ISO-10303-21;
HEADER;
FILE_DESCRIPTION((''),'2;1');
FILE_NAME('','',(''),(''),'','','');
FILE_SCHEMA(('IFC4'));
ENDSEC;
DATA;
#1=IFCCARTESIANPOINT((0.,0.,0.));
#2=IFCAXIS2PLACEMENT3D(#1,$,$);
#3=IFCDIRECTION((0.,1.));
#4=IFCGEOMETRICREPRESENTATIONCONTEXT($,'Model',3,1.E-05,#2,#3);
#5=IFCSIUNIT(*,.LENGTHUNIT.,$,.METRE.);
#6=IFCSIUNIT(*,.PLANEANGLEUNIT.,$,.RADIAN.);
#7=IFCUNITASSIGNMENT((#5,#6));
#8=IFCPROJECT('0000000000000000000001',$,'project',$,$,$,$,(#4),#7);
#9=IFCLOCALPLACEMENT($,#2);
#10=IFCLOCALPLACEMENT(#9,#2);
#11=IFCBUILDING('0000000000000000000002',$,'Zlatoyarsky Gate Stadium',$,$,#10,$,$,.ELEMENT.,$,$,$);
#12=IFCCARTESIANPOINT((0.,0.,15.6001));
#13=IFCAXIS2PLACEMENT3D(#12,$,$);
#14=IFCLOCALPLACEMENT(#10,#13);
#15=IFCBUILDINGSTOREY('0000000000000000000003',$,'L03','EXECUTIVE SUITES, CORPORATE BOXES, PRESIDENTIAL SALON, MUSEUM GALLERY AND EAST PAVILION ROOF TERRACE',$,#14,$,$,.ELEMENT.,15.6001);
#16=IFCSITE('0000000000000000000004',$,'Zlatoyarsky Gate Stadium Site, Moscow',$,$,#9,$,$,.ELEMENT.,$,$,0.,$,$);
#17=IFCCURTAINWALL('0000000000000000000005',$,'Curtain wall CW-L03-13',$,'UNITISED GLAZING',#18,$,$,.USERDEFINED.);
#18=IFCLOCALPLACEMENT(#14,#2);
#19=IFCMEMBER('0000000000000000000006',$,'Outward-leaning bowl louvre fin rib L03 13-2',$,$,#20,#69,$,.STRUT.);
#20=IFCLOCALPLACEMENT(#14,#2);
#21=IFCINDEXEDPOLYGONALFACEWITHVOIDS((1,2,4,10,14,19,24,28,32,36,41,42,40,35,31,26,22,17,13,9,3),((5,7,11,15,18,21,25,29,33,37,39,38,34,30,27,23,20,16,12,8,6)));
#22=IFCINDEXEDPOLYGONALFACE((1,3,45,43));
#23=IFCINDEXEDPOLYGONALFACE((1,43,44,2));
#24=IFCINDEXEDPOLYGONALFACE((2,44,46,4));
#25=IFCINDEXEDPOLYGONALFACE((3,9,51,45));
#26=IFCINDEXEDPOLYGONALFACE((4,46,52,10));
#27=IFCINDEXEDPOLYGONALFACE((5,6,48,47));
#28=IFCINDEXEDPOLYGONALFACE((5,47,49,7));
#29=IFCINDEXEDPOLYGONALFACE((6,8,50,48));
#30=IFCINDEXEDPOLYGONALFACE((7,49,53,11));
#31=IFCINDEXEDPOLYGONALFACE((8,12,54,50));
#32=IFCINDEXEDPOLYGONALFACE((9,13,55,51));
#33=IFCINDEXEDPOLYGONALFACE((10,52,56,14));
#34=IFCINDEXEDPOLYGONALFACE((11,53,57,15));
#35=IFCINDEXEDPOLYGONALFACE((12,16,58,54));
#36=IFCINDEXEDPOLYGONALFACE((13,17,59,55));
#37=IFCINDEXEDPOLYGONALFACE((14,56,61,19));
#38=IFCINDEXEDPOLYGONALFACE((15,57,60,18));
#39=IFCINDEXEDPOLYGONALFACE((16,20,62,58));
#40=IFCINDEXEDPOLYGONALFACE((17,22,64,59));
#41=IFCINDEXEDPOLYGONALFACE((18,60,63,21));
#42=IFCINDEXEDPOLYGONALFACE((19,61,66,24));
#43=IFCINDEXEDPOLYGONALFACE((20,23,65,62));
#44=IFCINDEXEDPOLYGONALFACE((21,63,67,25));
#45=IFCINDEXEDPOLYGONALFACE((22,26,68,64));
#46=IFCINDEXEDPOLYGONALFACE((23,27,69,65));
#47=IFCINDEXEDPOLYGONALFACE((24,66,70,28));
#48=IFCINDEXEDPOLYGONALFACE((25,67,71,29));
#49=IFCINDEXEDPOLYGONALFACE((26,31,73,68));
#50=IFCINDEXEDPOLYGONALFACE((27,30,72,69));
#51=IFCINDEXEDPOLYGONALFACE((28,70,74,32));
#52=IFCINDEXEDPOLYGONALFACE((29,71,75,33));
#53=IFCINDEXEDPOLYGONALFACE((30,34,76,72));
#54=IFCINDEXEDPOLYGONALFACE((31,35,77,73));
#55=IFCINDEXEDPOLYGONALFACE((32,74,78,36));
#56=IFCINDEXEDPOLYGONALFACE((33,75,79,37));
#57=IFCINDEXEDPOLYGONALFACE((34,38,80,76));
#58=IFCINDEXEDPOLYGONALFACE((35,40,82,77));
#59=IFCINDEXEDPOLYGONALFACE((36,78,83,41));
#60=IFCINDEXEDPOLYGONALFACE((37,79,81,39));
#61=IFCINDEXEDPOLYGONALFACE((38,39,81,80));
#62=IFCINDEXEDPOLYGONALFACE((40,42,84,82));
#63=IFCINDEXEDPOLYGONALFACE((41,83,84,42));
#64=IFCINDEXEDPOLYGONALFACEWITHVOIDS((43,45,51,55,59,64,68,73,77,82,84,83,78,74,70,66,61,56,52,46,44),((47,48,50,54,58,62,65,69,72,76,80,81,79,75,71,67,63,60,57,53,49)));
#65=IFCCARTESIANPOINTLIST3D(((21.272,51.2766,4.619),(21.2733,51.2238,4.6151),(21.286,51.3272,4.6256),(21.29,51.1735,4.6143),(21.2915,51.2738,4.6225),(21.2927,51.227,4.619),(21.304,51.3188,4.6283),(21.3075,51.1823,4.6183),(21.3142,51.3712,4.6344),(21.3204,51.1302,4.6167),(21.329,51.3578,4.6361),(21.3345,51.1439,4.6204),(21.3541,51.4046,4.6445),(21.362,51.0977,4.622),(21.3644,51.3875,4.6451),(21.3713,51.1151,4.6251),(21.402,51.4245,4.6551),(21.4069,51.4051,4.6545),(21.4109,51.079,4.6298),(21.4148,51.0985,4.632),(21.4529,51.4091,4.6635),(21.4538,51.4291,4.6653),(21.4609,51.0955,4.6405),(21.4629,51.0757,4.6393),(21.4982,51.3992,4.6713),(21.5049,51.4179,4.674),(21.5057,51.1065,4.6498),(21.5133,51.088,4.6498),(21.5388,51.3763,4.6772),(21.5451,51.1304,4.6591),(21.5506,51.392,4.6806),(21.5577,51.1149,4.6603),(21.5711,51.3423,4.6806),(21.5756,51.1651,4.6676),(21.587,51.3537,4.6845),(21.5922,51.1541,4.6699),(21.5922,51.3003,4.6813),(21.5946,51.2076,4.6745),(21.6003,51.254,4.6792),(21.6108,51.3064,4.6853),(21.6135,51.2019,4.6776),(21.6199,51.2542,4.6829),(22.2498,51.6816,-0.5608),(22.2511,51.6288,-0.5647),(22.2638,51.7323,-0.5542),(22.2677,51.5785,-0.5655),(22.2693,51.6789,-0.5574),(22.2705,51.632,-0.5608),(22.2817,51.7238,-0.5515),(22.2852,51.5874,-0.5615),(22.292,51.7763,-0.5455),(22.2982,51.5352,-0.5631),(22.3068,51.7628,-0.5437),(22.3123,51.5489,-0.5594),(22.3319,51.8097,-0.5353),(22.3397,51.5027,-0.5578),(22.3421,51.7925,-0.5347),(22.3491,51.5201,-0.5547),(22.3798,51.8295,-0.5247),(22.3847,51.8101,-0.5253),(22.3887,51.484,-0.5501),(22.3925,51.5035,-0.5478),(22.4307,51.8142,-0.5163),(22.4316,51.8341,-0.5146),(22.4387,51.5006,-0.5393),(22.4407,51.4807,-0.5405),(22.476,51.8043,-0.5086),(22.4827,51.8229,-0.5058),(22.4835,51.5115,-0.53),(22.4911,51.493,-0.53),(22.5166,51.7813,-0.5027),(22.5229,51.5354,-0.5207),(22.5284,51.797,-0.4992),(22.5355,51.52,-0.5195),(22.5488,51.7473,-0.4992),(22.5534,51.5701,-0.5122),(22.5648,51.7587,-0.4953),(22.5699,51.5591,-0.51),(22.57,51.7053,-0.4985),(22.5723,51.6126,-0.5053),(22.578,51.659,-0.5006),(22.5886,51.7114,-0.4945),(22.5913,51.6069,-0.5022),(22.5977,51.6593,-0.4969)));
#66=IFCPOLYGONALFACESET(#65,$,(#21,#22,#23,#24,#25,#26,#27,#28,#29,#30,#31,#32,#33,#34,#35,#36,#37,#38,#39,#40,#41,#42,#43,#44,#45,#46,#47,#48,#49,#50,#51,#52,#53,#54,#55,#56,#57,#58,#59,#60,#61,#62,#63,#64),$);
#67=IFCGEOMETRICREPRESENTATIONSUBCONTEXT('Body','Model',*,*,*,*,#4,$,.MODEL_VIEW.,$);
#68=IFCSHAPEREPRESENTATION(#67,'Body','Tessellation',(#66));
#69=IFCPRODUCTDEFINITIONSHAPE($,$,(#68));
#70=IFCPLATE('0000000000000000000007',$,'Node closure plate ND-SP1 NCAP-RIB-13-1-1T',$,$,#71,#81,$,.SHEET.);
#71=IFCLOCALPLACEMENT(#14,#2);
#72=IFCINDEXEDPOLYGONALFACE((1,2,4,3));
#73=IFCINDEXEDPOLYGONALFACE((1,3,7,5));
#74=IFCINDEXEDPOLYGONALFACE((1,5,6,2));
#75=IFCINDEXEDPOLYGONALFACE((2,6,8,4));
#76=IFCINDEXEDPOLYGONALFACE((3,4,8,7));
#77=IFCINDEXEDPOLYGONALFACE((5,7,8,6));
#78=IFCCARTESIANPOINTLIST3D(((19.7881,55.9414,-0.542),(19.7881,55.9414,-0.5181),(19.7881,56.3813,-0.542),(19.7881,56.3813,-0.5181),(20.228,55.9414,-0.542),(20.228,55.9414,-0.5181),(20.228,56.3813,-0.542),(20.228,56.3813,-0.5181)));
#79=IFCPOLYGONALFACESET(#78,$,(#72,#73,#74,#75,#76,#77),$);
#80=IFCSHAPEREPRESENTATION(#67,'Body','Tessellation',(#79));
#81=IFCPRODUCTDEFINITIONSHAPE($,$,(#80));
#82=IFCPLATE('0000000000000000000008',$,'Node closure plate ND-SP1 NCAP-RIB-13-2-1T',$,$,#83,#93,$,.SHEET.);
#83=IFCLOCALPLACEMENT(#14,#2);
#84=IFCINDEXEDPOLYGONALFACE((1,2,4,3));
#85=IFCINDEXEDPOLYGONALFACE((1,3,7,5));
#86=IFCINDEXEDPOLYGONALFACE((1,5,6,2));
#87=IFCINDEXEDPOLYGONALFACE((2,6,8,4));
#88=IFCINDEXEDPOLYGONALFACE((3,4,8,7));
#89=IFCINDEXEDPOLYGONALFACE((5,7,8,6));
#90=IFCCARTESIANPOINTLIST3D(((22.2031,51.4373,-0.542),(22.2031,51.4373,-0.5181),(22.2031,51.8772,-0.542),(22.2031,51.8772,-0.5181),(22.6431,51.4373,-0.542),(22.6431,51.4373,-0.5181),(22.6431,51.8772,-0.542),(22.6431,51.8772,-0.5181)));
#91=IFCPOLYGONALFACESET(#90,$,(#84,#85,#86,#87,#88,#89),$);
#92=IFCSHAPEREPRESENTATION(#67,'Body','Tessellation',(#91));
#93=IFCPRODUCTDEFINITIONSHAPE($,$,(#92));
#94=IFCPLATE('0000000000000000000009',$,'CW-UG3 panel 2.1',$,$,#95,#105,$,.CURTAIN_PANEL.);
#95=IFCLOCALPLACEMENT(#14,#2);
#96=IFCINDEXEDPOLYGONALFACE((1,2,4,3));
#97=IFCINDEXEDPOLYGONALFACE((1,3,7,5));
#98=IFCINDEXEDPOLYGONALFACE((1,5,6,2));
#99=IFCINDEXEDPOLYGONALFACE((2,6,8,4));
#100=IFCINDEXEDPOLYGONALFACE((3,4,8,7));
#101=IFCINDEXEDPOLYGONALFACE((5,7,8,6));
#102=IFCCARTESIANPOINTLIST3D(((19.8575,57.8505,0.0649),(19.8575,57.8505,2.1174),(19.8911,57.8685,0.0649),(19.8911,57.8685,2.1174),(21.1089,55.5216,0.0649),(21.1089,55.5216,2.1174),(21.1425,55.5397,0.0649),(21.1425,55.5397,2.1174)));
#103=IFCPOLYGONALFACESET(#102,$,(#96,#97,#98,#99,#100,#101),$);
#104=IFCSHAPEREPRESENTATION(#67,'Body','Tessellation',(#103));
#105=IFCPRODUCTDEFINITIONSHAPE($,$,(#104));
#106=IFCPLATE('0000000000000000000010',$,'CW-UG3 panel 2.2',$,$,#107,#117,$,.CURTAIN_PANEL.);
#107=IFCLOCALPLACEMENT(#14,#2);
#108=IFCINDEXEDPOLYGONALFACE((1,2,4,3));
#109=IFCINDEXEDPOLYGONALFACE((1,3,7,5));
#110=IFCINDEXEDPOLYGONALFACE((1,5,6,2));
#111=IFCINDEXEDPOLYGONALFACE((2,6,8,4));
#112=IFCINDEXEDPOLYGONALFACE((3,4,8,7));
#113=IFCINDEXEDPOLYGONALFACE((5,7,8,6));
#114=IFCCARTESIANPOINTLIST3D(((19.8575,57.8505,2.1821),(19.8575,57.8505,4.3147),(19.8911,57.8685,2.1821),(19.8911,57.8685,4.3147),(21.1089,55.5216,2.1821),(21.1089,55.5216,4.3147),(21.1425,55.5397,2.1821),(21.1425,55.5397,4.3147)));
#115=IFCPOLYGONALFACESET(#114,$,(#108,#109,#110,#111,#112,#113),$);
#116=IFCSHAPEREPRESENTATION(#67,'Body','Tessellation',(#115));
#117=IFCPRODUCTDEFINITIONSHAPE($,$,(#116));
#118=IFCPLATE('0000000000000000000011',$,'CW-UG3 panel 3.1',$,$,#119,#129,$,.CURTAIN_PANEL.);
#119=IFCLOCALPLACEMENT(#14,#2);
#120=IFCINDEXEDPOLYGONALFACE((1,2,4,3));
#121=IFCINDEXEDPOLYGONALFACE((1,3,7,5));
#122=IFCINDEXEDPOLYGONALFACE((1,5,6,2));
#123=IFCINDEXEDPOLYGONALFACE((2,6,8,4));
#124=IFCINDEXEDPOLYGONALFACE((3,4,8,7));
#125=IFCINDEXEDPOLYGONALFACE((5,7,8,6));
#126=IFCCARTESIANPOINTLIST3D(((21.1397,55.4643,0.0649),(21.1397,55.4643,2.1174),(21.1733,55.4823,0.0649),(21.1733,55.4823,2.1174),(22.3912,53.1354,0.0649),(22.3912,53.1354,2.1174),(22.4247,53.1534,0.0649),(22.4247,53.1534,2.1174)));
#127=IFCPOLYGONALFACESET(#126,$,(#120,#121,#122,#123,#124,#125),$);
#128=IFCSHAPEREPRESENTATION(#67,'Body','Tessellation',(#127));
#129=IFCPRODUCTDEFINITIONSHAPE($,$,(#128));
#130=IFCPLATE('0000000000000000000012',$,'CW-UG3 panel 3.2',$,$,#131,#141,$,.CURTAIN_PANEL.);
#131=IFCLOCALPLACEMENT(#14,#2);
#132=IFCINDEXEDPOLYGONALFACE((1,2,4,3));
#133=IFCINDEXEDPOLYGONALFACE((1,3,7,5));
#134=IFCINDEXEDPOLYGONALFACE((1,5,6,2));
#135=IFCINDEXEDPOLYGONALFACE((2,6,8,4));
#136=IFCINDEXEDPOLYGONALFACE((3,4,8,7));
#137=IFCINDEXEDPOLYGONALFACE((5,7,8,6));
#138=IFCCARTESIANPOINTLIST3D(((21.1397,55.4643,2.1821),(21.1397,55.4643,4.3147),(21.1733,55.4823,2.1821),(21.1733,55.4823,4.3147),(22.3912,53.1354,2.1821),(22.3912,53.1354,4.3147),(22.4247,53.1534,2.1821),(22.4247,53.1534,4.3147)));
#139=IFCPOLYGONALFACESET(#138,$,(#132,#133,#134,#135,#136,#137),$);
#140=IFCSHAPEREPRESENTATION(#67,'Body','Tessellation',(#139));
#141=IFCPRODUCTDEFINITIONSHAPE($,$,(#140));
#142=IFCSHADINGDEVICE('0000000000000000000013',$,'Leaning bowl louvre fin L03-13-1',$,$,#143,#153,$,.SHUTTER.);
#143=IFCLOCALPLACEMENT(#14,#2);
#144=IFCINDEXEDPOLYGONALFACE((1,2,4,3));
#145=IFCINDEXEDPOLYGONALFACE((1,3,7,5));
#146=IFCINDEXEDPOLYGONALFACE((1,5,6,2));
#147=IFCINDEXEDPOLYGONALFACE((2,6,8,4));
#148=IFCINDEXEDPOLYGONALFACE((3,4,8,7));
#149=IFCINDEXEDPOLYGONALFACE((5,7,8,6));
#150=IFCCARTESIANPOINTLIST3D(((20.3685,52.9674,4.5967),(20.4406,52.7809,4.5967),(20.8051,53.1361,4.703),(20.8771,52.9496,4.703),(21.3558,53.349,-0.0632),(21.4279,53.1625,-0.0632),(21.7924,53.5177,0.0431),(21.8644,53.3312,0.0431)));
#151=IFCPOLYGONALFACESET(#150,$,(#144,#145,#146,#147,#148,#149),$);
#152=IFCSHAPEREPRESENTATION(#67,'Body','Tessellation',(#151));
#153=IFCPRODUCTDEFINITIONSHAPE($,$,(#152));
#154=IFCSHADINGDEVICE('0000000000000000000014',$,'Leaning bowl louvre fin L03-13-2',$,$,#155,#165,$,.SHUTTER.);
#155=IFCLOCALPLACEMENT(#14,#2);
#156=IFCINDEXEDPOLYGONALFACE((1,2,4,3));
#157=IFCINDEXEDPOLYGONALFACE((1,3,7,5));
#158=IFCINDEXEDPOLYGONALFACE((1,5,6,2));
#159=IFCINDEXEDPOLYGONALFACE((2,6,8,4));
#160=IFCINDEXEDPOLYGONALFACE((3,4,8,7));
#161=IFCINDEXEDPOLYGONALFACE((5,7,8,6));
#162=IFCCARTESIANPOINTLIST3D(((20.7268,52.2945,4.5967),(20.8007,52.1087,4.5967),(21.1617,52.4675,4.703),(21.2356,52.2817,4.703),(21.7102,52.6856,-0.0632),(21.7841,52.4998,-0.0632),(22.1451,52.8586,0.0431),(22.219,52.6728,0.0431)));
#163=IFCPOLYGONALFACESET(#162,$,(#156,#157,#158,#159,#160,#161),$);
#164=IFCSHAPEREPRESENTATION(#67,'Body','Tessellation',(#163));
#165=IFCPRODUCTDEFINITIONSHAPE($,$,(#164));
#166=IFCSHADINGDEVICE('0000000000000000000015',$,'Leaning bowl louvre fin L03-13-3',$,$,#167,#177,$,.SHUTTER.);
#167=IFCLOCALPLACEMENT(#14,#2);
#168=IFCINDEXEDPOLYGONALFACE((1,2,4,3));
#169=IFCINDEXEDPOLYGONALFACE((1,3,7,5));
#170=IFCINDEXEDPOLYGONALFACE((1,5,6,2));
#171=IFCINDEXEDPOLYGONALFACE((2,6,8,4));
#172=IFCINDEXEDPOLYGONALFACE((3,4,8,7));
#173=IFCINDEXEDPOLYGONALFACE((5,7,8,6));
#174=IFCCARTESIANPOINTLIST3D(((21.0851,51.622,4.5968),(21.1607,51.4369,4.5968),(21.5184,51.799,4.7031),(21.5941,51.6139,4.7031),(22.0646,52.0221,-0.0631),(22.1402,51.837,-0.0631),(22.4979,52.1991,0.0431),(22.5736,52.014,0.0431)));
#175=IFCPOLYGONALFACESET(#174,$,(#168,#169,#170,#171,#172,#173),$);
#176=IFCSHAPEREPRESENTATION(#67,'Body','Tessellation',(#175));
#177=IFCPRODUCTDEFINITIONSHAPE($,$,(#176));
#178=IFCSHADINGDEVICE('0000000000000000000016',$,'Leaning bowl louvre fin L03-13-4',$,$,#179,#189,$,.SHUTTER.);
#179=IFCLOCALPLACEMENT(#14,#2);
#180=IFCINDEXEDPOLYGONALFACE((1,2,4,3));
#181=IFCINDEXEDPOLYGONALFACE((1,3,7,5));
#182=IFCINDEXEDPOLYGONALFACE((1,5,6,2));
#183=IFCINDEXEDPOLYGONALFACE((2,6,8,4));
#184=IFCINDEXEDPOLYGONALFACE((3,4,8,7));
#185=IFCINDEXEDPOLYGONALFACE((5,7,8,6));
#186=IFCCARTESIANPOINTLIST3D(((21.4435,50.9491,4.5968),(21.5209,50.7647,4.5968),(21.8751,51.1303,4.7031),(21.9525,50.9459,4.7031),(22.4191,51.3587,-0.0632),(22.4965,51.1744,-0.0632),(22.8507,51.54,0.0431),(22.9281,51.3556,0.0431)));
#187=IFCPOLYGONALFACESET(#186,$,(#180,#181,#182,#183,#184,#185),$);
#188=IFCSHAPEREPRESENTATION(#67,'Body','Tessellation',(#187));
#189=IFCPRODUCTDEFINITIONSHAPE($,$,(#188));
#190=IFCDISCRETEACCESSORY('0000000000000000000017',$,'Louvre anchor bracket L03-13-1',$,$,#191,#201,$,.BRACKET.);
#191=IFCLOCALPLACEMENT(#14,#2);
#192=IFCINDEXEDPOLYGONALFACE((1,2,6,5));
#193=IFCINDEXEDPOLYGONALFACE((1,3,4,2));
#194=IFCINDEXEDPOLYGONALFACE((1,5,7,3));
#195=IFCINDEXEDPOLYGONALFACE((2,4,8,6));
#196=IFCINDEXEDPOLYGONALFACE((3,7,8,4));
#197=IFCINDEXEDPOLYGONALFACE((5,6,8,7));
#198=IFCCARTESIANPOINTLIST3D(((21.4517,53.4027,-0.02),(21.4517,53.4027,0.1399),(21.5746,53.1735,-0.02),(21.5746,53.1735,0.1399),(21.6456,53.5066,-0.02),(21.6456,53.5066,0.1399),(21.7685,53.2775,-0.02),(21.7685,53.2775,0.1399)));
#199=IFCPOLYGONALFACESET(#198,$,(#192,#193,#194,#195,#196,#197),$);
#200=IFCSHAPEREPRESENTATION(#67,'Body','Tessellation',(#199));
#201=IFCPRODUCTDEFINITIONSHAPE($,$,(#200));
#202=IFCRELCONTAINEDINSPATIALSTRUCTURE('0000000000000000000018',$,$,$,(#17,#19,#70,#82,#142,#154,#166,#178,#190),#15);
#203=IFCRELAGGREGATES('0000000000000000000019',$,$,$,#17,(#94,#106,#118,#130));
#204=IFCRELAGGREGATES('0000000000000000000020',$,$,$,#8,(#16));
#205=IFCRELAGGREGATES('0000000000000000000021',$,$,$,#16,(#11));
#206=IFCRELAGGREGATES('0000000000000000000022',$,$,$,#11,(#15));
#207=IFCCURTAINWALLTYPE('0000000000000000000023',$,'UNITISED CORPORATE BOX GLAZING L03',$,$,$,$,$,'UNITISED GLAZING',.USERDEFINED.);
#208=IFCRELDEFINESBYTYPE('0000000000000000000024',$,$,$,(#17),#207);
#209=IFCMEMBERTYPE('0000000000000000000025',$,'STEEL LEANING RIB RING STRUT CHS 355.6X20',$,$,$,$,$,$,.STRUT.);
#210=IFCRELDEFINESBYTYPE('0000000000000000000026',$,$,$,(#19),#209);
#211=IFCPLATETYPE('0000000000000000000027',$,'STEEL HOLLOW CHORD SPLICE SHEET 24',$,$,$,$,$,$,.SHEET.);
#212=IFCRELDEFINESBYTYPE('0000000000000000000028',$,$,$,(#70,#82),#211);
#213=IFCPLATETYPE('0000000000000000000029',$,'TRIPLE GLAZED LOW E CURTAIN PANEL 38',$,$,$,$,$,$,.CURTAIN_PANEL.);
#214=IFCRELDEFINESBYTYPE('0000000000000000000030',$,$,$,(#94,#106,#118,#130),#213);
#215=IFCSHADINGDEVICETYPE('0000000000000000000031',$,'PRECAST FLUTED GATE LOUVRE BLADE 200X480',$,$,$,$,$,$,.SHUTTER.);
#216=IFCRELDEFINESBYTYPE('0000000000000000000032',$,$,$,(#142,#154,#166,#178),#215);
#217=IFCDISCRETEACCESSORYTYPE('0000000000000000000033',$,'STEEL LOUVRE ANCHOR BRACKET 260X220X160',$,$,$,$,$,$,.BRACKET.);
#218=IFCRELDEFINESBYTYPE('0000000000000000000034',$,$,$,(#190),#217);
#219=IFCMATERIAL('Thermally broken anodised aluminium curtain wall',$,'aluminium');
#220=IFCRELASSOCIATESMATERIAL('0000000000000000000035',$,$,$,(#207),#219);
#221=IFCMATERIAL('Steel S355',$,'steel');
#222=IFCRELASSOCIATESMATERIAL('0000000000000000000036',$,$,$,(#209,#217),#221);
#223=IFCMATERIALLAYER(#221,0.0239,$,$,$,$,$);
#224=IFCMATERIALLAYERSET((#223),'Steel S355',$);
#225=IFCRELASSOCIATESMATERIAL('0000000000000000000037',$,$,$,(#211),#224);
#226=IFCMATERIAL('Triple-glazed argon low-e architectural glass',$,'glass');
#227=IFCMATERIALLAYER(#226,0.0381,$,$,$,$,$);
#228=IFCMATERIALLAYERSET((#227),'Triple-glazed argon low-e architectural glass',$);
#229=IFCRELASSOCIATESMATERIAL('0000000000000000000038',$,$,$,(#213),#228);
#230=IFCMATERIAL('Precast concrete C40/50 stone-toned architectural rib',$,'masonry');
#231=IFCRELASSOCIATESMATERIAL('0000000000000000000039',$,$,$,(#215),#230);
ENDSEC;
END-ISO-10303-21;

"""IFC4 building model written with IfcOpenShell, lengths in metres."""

from ifc_helpers import new_model, si_unit, direction, frame, origin, origin_2d, place, context, subcontext, project, spatial, rectangle, hollow_circle, extrude, material, layer, layer_set, material_profile, profile_set, type_object, element, aggregate, save


model = new_model("IFC4")

# Units and contexts
model_context = context("Model", 3, precision=1e-05, world=origin(), true_north=direction((0.0, 1.0)))
body_context = subcontext(model_context, "Body", "Model", "MODEL_VIEW")
ifc_project = project(units=[si_unit("LENGTHUNIT", "METRE"), si_unit("PLANEANGLEUNIT", "RADIAN")], contexts=[model_context])

# Site, building, storey
site_placement = place(None, origin())
site = spatial("IfcSite", under=ifc_project, at=site_placement, Name="Zlatoyarsky Gate Stadium Site, Moscow", CompositionType="ELEMENT", RefElevation=0.0)
building_placement = place(site_placement, origin())
building = spatial("IfcBuilding", under=site, at=building_placement, Name="Zlatoyarsky Gate Stadium", CompositionType="ELEMENT")
storey_placement = place(building_placement, frame((0.0, 0.0, 15.6001)))
storey = spatial("IfcBuildingStorey", under=building, at=storey_placement, Name="L03", Description="EXECUTIVE SUITES, CORPORATE BOXES, PRESIDENTIAL SALON, MUSEUM GALLERY AND EAST PAVILION ROOF TERRACE", CompositionType="ELEMENT", Elevation=15.6001)

# Curtain wall
ifc_material_1 = material(Name="Thermally broken anodised aluminium curtain wall", Category="aluminium")
curtain_wall_type = type_object("IfcCurtainWallType", Name="UNITISED CORPORATE BOX GLAZING L03", ElementType="UNITISED GLAZING", PredefinedType="USERDEFINED", material=ifc_material_1)
curtain_wall_placement = place(storey_placement, origin())
curtain_wall = element("IfcCurtainWall", 1, at=curtain_wall_placement, inside=storey, type_object=curtain_wall_type, Name="Curtain wall CW-L03-13", ObjectType="UNITISED GLAZING", PredefinedType="USERDEFINED")

# Member
ifc_material_2 = material(Name="Steel S355", Category="steel")
ifc_material_profile_1 = material_profile(ifc_material_2, hollow_circle(Radius=0.1777, WallThickness=0.02, at=origin_2d()), Name="CHS 355.6X20")
ifc_profile_set_1 = profile_set([ifc_material_profile_1], Name="Steel S355")
member_type_1 = type_object("IfcMemberType", Name="STEEL LEANING RIB RING STRUT CHS 355.6X20", PredefinedType="STRUT", material=ifc_profile_set_1)
member_1_placement = place(storey_placement, frame((22.4231, 51.6572, -0.53), z_axis=(-0.184943, -0.076609, 0.979759), x_axis=(0.382698, -0.923873, 0.0)))
element("IfcMember", 2, at=member_1_placement, inside=storey, type_object=member_type_1, Name="Outward-leaning bowl louvre fin rib L03 13-2", PredefinedType="STRUT", context=body_context, shape_type="SweptSolid", body=[
    extrude(hollow_circle(Radius=0.1777, WallThickness=0.02, at=origin_2d()), origin(), (0.0, 0.0, 1.0), 5.2869),
])

# Plates
ifc_layer_1 = layer(ifc_material_2, 0.0239)
ifc_layer_set_1 = layer_set([ifc_layer_1], Name="Steel S355")
plate_type_1 = type_object("IfcPlateType", Name="STEEL HOLLOW CHORD SPLICE SHEET 24", PredefinedType="SHEET", material=ifc_layer_set_1)
for number, where, z_axis, x_axis, name in (
    (3, (20.0081, 56.1614, -0.542), (0.0, 0.0, 1.0), (1.0, 0.0, 0.0), "Node closure plate ND-SP1 NCAP-RIB-13-1-1T"),
    (4, (22.4231, 51.6572, -0.542), (0.0, 0.0, 1.0), (1.0, 0.0, 0.0), "Node closure plate ND-SP1 NCAP-RIB-13-2-1T"),
):
    element("IfcPlate", number, at=place(storey_placement, frame(where, z_axis=z_axis, x_axis=x_axis)), inside=storey, type_object=plate_type_1, Name=name, PredefinedType="SHEET", context=body_context, shape_type="SweptSolid", body=[
        extrude(rectangle(XDim=0.4399, YDim=0.4399, at=origin_2d()), origin(), (0.0, 0.0, 1.0), 0.0239),
    ])

# Plates
ifc_material_3 = material(Name="Triple-glazed argon low-e architectural glass", Category="glass")
ifc_layer_2 = layer(ifc_material_3, 0.0381)
ifc_layer_set_2 = layer_set([ifc_layer_2], Name="Triple-glazed argon low-e architectural glass")
plate_type_2 = type_object("IfcPlateType", Name="TRIPLE GLAZED LOW E CURTAIN PANEL 38", PredefinedType="CURTAIN_PANEL", material=ifc_layer_set_2)
plate_1_placement = place(storey_placement, frame((20.5, 56.6951, 0.0649), z_axis=(0.0, 0.0, 1.0), x_axis=(0.473345, -0.880877, 0.0)))
plate_1 = element("IfcPlate", 5, at=plate_1_placement, type_object=plate_type_2, Name="CW-UG3 panel 2.1", PredefinedType="CURTAIN_PANEL", context=body_context, shape_type="SweptSolid", body=[
    extrude(rectangle(XDim=2.6438, YDim=0.0381, at=origin_2d()), origin(), (0.0, 0.0, 1.0), 2.0525),
])
plate_2_placement = place(storey_placement, frame((20.5, 56.6951, 2.1821), z_axis=(0.0, 0.0, 1.0), x_axis=(0.473345, -0.880877, 0.0)))
plate_2 = element("IfcPlate", 6, at=plate_2_placement, type_object=plate_type_2, Name="CW-UG3 panel 2.2", PredefinedType="CURTAIN_PANEL", context=body_context, shape_type="SweptSolid", body=[
    extrude(rectangle(XDim=2.6438, YDim=0.0381, at=origin_2d()), origin(), (0.0, 0.0, 1.0), 2.1326),
])
plate_3_placement = place(storey_placement, frame((21.7822, 54.3088, 0.0649), z_axis=(0.0, 0.0, 1.0), x_axis=(0.473345, -0.880877, 0.0)))
plate_3 = element("IfcPlate", 7, at=plate_3_placement, type_object=plate_type_2, Name="CW-UG3 panel 3.1", PredefinedType="CURTAIN_PANEL", context=body_context, shape_type="SweptSolid", body=[
    extrude(rectangle(XDim=2.6438, YDim=0.0381, at=origin_2d()), origin(), (0.0, 0.0, 1.0), 2.0525),
])
plate_4_placement = place(storey_placement, frame((21.7822, 54.3088, 2.1821), z_axis=(0.0, 0.0, 1.0), x_axis=(0.473345, -0.880877, 0.0)))
plate_4 = element("IfcPlate", 8, at=plate_4_placement, type_object=plate_type_2, Name="CW-UG3 panel 3.2", PredefinedType="CURTAIN_PANEL", context=body_context, shape_type="SweptSolid", body=[
    extrude(rectangle(XDim=2.6438, YDim=0.0381, at=origin_2d()), origin(), (0.0, 0.0, 1.0), 2.1326),
])
aggregate(curtain_wall, [plate_1, plate_2, plate_3, plate_4])

# Shading devices
ifc_material_4 = material(Name="Precast concrete C40/50 stone-toned architectural rib", Category="masonry")
ifc_material_profile_2 = material_profile(ifc_material_4, rectangle(XDim=0.2, YDim=0.48, at=origin_2d()), Name="RIB 200X480")
ifc_profile_set_2 = profile_set([ifc_material_profile_2], Name="Precast concrete C40/50 stone-toned architectural rib")
shading_device_type = type_object("IfcShadingDeviceType", Name="PRECAST FLUTED GATE LOUVRE BLADE 200X480", PredefinedType="SHUTTER", material=ifc_profile_set_2)
for number, where, z_axis, x_axis, name in (
    (9, (21.6101, 53.3401, -0.01), (-0.206609, -0.079854, 0.97516), (0.360509, -0.932756, 0.0), "Leaning bowl louvre fin L03-13-1"),
    (10, (21.9646, 52.6792, -0.01), (-0.205793, -0.081847, 0.975167), (0.36956, -0.929207, 0.0), "Leaning bowl louvre fin L03-13-2"),
    (11, (22.3191, 52.0181, -0.01), (-0.204978, -0.083738, 0.975178), (0.378184, -0.925731, 0.0), "Leaning bowl louvre fin L03-13-3"),
    (12, (22.6736, 51.3572, -0.01), (-0.20416, -0.085731, 0.975176), (0.38717, -0.922008, 0.0), "Leaning bowl louvre fin L03-13-4"),
):
    element("IfcShadingDevice", number, at=place(storey_placement, frame(where, z_axis=z_axis, x_axis=x_axis)), inside=storey, type_object=shading_device_type, Name=name, PredefinedType="SHUTTER", context=body_context, shape_type="SweptSolid", body=[
        extrude(rectangle(XDim=0.2, YDim=0.48, at=origin_2d()), origin(), (0.0, 0.0, 1.0), 4.7786),
    ])

# Discrete accessory
discrete_accessory_type = type_object("IfcDiscreteAccessoryType", Name="STEEL LOUVRE ANCHOR BRACKET 260X220X160", PredefinedType="BRACKET", material=ifc_material_2)
for number, where, z_axis, x_axis, name in (
    (13, (21.6101, 53.3401, -0.02), (0.0, 0.0, 1.0), (0.472643, -0.881254, 0.0), "Louvre anchor bracket L03-13-1"),
):
    element("IfcDiscreteAccessory", number, at=place(storey_placement, frame(where, z_axis=z_axis, x_axis=x_axis)), inside=storey, type_object=discrete_accessory_type, Name=name, PredefinedType="BRACKET", context=body_context, shape_type="SweptSolid", body=[
        extrude(rectangle(XDim=0.26, YDim=0.22, at=origin_2d()), origin(), (0.0, 0.0, 1.0), 0.1599),
    ])

save(model, "model.ifc")
